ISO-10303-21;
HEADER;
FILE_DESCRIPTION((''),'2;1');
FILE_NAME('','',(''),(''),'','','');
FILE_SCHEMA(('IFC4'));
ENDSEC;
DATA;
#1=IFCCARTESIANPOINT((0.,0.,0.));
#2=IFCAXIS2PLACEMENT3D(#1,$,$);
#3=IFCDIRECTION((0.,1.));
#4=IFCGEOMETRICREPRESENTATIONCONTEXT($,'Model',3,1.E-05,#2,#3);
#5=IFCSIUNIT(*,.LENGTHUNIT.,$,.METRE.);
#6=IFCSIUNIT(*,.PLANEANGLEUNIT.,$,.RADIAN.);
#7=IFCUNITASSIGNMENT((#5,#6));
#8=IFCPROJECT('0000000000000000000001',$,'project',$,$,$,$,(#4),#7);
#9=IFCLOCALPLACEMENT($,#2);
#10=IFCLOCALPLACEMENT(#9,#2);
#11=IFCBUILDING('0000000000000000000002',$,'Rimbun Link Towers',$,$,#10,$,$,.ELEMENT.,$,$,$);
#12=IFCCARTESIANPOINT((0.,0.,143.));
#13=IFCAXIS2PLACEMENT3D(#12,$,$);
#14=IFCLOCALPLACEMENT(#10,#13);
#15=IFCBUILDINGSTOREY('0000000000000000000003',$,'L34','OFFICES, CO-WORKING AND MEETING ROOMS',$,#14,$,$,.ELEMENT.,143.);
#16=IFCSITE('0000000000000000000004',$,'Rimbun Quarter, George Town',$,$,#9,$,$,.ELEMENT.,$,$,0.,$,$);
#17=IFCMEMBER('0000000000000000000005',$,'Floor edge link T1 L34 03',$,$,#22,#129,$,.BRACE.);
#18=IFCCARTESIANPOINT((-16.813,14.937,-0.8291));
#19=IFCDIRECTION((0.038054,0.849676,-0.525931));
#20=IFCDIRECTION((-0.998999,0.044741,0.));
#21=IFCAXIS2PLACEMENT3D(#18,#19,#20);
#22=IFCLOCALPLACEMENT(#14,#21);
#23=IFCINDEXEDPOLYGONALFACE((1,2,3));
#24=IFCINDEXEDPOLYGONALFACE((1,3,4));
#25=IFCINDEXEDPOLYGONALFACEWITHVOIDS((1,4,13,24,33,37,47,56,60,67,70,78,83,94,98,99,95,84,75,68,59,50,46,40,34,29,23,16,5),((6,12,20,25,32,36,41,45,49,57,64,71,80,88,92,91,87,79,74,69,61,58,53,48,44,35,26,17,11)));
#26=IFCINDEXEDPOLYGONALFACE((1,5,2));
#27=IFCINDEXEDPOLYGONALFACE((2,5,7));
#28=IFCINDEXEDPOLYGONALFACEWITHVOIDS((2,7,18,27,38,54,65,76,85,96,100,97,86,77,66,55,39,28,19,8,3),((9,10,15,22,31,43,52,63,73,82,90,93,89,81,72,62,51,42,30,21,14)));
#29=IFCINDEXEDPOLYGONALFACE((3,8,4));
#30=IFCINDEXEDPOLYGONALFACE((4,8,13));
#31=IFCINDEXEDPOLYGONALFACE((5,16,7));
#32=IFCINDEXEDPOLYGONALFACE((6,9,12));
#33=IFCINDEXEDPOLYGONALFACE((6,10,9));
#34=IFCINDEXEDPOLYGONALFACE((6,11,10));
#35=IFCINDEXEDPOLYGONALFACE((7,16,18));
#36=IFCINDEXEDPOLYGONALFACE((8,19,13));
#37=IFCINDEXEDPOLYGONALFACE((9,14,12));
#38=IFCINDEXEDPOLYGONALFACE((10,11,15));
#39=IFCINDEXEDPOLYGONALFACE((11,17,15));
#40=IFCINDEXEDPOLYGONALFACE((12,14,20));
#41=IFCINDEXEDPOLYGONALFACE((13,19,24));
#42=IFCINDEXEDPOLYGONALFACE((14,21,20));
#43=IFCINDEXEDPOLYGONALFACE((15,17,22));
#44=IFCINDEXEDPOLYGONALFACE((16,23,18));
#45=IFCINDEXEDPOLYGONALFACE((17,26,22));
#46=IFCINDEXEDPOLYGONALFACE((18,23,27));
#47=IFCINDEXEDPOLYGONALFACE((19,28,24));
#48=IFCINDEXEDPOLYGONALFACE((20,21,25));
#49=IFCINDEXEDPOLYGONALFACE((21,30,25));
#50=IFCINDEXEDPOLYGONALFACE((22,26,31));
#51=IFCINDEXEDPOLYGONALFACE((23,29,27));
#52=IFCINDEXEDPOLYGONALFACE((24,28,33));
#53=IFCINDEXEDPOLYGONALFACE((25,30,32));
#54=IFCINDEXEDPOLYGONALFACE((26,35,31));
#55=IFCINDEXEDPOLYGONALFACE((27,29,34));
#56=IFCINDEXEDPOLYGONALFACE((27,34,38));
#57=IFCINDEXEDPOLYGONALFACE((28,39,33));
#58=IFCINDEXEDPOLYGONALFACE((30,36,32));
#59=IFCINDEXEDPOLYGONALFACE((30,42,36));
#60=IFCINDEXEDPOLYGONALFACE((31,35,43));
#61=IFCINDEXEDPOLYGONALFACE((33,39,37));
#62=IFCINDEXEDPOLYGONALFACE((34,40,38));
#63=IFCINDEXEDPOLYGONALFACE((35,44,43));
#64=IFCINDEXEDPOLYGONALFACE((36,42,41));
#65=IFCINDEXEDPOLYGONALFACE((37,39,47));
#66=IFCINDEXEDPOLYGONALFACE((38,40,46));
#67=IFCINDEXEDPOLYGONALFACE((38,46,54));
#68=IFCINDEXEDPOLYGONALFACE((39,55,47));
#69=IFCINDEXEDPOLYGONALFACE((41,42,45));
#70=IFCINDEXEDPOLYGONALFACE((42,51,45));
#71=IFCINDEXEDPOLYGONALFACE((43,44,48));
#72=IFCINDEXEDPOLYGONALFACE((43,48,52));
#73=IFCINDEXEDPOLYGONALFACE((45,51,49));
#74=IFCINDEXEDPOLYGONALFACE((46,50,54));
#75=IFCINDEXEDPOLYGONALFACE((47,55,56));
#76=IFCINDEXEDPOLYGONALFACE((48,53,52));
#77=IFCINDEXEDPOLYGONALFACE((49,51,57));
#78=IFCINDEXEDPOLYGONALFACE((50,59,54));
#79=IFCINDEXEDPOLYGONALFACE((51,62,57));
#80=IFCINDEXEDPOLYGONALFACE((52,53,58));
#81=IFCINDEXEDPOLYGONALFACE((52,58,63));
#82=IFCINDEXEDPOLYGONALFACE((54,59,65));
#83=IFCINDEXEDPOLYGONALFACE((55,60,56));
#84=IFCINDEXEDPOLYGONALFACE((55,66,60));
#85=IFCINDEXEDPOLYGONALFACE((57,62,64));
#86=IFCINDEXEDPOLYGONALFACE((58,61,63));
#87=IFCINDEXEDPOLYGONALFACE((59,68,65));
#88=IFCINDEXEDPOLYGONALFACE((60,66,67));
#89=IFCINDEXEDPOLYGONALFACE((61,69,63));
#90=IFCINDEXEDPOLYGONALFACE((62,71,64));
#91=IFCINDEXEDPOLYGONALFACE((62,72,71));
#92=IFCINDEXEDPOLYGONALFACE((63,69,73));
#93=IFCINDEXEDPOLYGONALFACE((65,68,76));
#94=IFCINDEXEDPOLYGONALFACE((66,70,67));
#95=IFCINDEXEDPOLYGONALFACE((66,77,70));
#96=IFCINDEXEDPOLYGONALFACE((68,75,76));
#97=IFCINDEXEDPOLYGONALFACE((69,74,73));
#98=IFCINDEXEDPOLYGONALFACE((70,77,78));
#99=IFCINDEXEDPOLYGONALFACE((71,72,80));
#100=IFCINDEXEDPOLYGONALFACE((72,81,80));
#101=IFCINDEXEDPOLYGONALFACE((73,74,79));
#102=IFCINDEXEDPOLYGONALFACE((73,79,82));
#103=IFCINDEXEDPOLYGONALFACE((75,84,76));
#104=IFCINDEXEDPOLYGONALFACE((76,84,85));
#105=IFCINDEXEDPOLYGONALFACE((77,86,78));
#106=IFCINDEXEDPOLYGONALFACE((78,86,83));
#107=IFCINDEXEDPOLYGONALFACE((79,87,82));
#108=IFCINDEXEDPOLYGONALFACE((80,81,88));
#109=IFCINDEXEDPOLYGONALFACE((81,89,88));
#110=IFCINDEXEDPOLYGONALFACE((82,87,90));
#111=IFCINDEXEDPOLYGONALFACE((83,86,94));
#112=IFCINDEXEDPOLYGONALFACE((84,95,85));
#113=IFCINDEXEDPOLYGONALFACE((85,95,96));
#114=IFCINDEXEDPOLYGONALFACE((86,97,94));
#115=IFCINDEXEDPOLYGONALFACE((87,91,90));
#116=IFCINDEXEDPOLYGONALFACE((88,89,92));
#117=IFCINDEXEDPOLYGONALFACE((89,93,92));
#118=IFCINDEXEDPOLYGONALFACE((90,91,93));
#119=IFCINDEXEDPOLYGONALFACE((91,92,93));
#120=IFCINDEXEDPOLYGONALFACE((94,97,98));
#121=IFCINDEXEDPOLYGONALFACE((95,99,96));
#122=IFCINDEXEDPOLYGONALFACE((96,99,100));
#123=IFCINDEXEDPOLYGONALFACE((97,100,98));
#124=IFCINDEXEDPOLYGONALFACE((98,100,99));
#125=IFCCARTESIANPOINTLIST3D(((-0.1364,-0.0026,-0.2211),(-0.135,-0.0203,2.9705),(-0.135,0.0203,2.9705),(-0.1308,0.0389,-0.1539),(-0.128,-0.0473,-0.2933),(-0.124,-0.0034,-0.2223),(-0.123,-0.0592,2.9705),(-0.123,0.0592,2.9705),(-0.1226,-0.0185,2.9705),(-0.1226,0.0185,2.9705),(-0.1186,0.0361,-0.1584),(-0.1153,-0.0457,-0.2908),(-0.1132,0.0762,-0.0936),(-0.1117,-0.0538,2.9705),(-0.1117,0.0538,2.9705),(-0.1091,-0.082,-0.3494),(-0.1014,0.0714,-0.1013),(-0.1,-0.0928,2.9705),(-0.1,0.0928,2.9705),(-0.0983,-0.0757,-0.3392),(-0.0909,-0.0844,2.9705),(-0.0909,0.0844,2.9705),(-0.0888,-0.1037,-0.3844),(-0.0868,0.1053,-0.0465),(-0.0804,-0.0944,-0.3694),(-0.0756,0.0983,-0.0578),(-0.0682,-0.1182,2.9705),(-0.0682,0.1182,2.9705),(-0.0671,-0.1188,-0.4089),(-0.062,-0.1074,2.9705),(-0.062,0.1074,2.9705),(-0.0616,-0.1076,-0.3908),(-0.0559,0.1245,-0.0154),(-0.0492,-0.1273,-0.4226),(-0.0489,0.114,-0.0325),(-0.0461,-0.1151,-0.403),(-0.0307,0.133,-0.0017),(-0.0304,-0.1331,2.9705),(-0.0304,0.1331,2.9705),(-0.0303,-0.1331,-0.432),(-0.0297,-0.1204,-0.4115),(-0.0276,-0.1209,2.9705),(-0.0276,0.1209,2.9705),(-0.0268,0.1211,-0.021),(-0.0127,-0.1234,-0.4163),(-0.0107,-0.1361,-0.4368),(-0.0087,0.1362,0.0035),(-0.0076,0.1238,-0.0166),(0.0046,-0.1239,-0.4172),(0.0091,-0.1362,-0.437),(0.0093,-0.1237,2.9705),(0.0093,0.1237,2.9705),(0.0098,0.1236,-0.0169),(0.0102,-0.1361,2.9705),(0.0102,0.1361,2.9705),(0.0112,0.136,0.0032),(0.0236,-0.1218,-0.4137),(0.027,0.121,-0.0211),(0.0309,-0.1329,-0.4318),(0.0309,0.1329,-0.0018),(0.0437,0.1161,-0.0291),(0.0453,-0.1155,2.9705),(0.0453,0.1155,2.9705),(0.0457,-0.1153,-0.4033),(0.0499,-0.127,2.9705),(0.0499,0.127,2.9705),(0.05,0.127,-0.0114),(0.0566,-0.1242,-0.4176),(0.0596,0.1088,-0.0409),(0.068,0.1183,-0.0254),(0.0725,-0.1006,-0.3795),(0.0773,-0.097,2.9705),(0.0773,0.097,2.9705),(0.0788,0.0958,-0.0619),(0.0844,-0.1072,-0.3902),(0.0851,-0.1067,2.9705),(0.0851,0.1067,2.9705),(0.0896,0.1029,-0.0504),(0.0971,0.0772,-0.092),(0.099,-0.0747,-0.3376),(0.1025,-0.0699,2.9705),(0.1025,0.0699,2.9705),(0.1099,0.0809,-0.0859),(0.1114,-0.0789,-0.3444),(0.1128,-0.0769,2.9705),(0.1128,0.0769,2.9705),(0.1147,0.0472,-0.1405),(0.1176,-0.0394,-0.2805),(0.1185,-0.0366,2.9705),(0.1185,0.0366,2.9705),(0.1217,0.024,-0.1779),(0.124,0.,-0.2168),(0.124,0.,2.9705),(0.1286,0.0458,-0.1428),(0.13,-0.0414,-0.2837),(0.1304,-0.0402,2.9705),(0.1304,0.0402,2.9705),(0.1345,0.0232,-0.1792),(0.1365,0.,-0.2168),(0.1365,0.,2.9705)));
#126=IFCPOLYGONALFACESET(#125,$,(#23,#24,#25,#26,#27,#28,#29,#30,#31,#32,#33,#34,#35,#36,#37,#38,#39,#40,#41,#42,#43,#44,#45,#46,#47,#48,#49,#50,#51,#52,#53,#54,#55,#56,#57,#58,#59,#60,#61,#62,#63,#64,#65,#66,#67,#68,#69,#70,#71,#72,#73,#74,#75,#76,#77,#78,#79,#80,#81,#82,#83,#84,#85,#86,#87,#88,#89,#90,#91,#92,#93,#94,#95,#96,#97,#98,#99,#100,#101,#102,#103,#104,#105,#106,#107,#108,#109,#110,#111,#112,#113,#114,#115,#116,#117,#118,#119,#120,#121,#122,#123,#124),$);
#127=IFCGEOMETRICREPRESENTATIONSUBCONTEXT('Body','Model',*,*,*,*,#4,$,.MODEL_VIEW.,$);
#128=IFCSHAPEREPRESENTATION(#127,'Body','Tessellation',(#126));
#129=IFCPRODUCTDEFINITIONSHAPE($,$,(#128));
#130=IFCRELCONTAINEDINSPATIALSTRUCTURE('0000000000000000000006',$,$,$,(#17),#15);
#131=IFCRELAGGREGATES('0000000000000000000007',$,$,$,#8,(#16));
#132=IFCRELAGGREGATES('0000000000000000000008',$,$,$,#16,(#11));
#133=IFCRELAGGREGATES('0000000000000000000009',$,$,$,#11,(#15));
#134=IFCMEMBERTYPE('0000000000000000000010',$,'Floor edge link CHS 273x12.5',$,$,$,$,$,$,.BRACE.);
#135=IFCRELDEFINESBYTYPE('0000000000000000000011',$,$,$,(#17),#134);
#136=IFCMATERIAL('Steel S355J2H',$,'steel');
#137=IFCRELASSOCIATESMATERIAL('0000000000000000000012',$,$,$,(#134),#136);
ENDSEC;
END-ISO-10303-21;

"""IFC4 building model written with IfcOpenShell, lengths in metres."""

from ifc_helpers import new_model, si_unit, direction, frame, origin, origin_2d, place, context, subcontext, project, spatial, hollow_circle, extrude, clip, halfspace, material, material_profile, profile_set, type_object, element, save


model = new_model("IFC4")

# Units and contexts
model_context = context("Model", 3, precision=1e-05, world=origin(), true_north=direction((0.0, 1.0)))
body_context = subcontext(model_context, "Body", "Model", "MODEL_VIEW")
ifc_project = project(units=[si_unit("LENGTHUNIT", "METRE"), si_unit("PLANEANGLEUNIT", "RADIAN")], contexts=[model_context])

# Site, building, storey
site_placement = place(None, origin())
site = spatial("IfcSite", under=ifc_project, at=site_placement, Name="Rimbun Quarter, George Town", CompositionType="ELEMENT", RefElevation=0.0)
building_placement = place(site_placement, origin())
building = spatial("IfcBuilding", under=site, at=building_placement, Name="Rimbun Link Towers", CompositionType="ELEMENT")
storey_placement = place(building_placement, frame((0.0, 0.0, 143.0)))
storey = spatial("IfcBuildingStorey", under=building, at=storey_placement, Name="L34", Description="OFFICES, CO-WORKING AND MEETING ROOMS", CompositionType="ELEMENT", Elevation=143.0)

# Member
ifc_material_1 = material(Name="Steel S355J2H", Category="steel")
ifc_material_profile_1 = material_profile(ifc_material_1, hollow_circle(Radius=0.1365, WallThickness=0.0125, at=origin_2d()), Name="CHS 273x12.5")
ifc_profile_set_1 = profile_set([ifc_material_profile_1], Name="Steel S355J2H")
member_type_1 = type_object("IfcMemberType", Name="Floor edge link CHS 273x12.5", PredefinedType="BRACE", material=ifc_profile_set_1)
member_1_placement = place(storey_placement, frame((-16.813, 14.937, -0.8291), z_axis=(0.038054, 0.849676, -0.525931), x_axis=(-0.998999, 0.044741, 0.0)))
element("IfcMember", 1, at=member_1_placement, inside=storey, type_object=member_type_1, Name="Floor edge link T1 L34 03", PredefinedType="BRACE", context=body_context, shape_type="Clipping", body=[
    clip(extrude(hollow_circle(Radius=0.1365, WallThickness=0.0125, at=origin_2d()), frame((0.0, 0.0, -0.4604)), (0.0, 0.0, 1.0), 3.4309), halfspace(frame((0.0, 0.0, -0.2168), z_axis=(0.0, 0.850527, -0.525931)), False)),
])

save(model, "model.ifc")
